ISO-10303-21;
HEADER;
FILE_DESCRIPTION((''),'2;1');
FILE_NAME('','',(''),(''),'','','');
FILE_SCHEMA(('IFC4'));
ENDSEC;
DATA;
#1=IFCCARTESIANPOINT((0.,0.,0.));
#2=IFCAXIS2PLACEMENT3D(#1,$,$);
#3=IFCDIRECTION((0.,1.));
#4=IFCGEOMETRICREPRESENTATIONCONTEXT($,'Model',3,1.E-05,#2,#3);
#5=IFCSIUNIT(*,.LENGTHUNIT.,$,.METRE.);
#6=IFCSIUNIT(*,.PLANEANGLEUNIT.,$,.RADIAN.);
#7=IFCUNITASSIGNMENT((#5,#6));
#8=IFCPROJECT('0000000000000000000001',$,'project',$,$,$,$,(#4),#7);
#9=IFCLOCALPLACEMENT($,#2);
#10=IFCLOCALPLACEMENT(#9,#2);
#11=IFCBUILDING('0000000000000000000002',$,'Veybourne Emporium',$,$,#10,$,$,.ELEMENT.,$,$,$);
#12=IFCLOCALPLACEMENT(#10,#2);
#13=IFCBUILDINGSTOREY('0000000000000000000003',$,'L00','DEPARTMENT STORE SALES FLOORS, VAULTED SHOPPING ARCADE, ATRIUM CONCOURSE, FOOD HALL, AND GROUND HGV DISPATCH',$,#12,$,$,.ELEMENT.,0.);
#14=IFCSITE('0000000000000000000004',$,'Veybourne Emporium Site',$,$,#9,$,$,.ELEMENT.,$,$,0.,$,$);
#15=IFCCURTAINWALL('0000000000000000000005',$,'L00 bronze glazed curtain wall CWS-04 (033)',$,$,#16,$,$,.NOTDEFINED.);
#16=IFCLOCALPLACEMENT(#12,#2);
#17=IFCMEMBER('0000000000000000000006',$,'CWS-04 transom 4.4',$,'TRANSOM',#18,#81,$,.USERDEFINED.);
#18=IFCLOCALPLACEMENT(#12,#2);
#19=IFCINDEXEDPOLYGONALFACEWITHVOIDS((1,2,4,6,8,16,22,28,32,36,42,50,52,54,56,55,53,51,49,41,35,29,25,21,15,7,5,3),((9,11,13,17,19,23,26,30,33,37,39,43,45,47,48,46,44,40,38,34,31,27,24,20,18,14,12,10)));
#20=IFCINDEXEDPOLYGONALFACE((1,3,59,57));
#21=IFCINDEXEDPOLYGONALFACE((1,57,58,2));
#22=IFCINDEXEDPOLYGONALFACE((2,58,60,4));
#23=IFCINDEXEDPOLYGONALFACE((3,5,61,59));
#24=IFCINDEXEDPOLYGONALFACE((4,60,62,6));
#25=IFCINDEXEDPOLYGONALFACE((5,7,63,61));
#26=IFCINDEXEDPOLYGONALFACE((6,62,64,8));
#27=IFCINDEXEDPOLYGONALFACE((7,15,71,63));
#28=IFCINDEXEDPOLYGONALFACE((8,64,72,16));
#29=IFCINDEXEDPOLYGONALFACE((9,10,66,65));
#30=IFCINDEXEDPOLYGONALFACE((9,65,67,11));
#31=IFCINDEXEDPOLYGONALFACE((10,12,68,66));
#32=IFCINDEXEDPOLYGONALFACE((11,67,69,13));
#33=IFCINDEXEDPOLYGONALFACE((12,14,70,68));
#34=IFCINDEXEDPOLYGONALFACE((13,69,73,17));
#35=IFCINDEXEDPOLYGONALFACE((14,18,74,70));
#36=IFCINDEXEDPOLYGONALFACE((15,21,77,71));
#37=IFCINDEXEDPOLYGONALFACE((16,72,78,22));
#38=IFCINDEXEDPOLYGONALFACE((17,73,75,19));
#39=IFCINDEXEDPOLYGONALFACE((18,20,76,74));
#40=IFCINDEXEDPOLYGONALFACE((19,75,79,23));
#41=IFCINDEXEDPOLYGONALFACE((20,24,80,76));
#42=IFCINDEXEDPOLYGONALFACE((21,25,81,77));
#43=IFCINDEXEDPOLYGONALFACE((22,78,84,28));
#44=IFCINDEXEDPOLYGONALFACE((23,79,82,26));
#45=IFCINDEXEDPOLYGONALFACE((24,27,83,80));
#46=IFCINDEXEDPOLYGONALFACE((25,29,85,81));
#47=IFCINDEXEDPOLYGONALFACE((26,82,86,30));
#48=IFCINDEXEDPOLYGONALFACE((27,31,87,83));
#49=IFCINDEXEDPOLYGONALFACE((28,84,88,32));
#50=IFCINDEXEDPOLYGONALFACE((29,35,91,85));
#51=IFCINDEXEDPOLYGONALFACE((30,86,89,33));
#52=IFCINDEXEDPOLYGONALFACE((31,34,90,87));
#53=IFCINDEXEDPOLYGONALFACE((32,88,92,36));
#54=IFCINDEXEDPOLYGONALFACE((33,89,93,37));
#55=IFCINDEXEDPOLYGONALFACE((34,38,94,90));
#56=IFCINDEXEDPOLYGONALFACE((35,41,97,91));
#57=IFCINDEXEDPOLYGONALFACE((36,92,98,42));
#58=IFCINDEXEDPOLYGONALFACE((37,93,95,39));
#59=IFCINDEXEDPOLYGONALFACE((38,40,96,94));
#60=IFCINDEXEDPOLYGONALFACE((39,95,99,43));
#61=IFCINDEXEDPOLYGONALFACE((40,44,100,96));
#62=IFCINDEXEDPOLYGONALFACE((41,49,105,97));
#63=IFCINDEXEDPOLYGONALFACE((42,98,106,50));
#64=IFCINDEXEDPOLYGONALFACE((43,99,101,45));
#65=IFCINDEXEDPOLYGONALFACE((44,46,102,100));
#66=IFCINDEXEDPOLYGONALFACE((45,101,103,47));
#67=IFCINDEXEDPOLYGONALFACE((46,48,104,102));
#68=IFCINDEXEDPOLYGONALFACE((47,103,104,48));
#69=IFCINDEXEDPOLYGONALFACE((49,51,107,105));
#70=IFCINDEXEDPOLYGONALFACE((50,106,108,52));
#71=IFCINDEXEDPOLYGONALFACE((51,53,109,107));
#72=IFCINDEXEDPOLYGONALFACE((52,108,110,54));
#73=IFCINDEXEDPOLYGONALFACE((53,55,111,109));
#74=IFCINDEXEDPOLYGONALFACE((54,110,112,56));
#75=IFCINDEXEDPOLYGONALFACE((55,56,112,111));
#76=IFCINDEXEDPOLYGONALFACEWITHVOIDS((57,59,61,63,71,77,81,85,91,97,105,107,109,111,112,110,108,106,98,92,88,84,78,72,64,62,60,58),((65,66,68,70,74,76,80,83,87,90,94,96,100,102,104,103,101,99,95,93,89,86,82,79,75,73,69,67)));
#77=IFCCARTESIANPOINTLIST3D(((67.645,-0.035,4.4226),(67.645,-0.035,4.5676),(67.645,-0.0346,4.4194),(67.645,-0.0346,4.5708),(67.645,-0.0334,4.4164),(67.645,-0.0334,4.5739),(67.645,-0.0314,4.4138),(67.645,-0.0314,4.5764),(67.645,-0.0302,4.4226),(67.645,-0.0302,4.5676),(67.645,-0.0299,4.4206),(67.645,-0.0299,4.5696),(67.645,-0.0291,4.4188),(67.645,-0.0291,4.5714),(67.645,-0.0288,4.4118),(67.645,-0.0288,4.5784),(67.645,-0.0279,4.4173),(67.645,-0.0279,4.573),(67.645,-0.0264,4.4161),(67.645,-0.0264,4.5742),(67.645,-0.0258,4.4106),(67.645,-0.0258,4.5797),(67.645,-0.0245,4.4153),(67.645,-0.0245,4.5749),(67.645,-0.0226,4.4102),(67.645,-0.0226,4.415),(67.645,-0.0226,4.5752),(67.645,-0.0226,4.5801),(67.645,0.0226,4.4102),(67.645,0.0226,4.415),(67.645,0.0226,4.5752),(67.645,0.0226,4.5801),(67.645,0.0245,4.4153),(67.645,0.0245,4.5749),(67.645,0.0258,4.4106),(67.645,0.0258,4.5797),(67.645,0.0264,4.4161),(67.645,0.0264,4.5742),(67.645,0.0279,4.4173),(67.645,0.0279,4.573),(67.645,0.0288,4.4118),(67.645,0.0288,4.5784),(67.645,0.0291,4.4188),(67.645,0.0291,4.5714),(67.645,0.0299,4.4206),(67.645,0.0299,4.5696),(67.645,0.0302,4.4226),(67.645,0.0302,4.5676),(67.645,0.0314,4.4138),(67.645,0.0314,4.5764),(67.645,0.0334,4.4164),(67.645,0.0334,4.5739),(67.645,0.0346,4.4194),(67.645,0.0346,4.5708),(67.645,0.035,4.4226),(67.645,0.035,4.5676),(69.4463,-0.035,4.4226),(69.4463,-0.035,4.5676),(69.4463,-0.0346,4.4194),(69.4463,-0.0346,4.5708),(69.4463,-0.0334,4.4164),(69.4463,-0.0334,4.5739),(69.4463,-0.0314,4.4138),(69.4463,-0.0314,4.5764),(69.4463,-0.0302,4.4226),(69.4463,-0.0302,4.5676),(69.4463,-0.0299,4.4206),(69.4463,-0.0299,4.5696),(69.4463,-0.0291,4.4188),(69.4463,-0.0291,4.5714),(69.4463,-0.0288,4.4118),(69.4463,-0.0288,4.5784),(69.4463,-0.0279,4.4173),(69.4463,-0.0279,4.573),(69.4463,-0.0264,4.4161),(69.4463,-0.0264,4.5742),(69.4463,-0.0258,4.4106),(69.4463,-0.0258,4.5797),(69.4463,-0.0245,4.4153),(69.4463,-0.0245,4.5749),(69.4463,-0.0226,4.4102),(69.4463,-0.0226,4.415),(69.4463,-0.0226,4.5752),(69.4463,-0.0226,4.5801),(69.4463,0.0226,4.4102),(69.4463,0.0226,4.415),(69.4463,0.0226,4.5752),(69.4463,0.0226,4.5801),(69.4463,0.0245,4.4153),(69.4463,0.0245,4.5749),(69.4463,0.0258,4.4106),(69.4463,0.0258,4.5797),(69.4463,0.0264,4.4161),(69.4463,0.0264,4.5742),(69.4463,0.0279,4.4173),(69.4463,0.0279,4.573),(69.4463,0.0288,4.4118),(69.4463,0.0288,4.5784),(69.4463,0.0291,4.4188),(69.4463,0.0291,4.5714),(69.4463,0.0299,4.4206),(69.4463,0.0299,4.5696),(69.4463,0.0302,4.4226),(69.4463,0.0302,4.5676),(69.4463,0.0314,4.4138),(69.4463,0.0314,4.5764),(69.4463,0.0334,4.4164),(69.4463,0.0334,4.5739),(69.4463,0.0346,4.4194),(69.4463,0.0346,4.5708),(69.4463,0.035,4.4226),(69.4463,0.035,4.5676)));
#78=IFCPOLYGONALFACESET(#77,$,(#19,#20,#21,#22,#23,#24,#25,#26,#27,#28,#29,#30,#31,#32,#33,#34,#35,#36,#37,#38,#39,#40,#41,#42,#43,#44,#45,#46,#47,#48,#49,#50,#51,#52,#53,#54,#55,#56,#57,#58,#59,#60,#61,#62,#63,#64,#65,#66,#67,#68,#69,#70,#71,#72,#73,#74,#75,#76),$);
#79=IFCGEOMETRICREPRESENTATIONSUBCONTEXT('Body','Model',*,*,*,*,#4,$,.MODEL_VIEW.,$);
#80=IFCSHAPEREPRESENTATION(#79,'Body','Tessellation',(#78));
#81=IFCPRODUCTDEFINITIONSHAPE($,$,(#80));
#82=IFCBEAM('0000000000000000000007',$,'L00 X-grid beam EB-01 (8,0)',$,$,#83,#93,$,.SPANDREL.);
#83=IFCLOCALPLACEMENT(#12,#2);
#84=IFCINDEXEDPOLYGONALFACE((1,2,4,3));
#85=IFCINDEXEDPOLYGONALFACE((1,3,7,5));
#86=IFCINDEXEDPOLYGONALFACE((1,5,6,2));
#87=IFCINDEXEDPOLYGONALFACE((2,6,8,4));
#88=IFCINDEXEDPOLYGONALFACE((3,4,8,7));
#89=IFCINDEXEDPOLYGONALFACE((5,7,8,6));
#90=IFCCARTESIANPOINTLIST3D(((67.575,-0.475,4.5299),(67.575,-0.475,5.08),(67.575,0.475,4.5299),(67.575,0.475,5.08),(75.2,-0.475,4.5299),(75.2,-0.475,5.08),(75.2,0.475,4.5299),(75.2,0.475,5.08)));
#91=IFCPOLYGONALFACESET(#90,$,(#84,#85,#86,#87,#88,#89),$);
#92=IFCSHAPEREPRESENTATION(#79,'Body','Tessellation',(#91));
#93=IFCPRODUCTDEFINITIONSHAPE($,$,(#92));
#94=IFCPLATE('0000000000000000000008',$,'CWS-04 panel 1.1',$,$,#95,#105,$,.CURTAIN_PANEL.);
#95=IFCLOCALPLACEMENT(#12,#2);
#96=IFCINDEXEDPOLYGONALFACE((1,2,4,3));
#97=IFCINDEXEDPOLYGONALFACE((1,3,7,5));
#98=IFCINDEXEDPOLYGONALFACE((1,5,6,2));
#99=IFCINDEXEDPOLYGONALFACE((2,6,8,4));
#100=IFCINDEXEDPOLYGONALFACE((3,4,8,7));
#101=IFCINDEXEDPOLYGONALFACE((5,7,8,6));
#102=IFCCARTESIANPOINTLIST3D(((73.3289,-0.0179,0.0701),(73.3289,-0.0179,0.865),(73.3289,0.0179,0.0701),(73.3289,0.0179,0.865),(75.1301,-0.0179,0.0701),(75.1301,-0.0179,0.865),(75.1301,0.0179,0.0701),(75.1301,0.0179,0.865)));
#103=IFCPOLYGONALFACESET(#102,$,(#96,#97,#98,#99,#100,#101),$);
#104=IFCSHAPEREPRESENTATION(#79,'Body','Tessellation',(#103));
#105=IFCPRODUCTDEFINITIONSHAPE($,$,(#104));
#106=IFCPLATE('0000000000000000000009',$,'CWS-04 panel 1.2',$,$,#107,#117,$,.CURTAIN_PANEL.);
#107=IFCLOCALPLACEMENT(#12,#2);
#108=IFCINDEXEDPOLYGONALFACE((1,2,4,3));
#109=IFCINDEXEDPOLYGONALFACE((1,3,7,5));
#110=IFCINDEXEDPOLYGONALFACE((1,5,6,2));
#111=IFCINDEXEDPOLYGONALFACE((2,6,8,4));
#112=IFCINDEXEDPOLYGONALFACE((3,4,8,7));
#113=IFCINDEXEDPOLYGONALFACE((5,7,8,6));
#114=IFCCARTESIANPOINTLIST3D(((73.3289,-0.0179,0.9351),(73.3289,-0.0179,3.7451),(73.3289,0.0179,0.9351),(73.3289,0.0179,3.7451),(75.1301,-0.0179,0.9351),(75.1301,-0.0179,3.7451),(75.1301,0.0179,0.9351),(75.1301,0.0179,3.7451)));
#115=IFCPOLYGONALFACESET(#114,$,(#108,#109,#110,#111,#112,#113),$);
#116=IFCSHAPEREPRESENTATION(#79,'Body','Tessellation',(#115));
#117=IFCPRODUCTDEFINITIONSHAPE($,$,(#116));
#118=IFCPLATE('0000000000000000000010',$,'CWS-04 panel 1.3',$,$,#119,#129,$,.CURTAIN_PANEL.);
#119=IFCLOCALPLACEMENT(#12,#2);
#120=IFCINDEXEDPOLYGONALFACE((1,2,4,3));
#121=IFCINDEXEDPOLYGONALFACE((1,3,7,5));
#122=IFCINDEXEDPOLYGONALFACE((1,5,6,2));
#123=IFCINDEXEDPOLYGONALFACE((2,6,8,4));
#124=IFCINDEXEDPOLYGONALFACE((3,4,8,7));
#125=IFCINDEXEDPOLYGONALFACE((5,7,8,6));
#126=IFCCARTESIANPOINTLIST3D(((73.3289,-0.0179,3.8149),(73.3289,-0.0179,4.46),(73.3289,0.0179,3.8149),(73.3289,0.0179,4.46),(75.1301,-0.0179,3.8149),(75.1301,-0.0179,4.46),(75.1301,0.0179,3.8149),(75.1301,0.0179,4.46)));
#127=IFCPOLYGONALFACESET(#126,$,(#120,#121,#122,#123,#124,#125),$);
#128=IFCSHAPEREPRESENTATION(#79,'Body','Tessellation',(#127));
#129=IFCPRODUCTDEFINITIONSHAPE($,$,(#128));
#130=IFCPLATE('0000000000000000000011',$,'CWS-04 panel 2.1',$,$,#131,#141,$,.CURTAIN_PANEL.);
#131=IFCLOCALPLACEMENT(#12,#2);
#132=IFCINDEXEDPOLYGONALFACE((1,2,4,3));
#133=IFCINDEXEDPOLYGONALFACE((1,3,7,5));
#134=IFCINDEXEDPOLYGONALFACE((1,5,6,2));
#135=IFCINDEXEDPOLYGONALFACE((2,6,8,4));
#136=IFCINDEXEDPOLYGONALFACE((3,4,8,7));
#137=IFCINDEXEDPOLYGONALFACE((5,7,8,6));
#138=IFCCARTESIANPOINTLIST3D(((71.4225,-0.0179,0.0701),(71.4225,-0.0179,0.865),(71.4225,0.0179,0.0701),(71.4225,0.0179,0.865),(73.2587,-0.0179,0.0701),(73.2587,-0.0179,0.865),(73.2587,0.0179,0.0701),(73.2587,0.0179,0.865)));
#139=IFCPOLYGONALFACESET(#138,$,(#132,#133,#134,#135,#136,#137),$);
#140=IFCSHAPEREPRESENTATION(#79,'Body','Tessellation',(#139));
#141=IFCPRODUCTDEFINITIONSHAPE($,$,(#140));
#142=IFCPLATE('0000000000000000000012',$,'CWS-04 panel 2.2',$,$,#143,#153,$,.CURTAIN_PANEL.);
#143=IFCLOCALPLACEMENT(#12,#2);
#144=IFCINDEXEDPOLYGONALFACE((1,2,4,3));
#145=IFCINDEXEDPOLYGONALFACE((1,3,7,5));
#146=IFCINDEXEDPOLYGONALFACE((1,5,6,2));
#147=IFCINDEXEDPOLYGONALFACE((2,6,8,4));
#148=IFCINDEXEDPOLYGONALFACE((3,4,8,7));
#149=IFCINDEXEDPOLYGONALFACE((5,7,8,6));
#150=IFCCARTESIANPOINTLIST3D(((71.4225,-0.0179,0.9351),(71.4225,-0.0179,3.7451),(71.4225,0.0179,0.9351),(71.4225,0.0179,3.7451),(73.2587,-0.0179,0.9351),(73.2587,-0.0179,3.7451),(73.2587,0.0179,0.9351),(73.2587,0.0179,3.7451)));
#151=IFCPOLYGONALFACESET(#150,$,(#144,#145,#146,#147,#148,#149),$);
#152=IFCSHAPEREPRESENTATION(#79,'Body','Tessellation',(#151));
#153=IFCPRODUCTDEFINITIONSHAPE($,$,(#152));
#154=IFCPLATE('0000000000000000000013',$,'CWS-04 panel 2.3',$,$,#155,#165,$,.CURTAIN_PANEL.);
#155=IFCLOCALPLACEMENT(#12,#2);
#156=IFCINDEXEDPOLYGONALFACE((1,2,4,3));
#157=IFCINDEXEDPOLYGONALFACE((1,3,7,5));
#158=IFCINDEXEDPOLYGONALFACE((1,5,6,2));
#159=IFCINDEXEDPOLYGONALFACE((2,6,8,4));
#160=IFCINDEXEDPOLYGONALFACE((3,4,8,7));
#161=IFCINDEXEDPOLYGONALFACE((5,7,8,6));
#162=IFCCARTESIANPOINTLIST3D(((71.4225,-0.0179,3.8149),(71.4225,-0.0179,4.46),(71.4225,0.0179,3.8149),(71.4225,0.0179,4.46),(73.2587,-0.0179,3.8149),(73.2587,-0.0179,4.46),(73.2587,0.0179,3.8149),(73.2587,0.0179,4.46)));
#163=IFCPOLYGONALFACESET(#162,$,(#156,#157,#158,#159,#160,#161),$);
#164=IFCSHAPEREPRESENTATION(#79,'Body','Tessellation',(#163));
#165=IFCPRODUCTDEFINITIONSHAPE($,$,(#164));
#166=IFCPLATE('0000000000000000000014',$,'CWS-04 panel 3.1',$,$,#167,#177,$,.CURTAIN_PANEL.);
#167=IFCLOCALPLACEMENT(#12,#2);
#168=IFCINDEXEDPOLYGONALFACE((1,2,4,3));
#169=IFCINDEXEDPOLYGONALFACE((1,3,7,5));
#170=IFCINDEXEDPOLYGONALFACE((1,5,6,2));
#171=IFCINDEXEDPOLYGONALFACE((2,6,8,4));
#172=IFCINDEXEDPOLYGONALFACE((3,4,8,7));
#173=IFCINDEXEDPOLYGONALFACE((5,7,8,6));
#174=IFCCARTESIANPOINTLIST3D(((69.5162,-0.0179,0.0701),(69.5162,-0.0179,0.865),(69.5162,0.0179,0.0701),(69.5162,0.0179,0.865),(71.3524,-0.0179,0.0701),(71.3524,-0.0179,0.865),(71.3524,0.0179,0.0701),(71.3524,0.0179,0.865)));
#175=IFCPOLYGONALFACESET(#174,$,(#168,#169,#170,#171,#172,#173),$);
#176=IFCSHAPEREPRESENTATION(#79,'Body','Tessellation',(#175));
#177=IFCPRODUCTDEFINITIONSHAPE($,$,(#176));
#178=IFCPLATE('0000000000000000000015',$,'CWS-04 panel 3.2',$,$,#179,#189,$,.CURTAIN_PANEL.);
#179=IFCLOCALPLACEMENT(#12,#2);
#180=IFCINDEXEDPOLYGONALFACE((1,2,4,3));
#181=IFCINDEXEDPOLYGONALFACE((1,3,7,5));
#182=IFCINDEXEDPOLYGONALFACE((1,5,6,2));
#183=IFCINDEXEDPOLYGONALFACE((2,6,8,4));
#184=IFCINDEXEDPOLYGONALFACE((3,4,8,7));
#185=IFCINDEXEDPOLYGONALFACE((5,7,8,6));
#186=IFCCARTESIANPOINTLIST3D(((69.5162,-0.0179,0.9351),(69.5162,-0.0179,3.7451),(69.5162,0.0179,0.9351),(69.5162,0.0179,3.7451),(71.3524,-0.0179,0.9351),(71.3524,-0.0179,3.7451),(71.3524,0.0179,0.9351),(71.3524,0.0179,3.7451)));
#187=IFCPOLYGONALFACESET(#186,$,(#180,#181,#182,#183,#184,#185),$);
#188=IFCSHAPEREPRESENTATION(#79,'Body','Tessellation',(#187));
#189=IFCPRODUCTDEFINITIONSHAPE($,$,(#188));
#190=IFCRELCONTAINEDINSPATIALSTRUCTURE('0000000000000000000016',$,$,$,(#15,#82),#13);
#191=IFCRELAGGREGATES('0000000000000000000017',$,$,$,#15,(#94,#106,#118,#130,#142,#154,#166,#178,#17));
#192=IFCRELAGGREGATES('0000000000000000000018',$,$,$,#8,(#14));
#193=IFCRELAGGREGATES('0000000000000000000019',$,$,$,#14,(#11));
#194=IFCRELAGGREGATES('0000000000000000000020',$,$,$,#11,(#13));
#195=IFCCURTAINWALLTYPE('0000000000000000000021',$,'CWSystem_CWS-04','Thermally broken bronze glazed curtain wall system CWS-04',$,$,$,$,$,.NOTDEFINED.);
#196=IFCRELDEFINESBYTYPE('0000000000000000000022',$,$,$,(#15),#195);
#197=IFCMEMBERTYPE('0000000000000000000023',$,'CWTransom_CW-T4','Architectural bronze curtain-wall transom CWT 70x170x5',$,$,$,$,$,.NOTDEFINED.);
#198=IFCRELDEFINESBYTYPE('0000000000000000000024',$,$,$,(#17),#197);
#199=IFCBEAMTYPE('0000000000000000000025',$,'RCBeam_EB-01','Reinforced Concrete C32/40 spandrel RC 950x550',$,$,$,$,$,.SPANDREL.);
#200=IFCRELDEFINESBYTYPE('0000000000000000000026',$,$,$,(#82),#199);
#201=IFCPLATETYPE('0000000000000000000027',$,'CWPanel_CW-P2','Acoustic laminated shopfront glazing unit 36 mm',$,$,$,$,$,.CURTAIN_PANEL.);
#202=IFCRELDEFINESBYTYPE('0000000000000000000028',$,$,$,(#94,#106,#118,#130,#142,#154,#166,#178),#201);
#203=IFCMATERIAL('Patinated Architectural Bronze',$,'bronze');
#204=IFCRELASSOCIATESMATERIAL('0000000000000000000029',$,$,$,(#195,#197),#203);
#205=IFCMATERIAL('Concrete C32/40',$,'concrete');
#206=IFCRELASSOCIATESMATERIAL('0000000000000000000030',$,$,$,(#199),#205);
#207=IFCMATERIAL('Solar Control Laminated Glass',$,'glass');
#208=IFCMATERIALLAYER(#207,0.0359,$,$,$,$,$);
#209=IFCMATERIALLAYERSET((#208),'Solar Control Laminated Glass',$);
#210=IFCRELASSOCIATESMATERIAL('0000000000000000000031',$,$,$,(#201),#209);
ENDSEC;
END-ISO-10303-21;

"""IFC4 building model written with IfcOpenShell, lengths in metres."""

from ifc_helpers import new_model, si_unit, direction, frame, origin, origin_2d, place, context, subcontext, project, spatial, rectangle, hollow_rectangle, extrude, material, layer, layer_set, material_profile, profile_set, type_object, element, aggregate, save


model = new_model("IFC4")

# Units and contexts
model_context = context("Model", 3, precision=1e-05, world=origin(), true_north=direction((0.0, 1.0)))
body_context = subcontext(model_context, "Body", "Model", "MODEL_VIEW")
ifc_project = project(units=[si_unit("LENGTHUNIT", "METRE"), si_unit("PLANEANGLEUNIT", "RADIAN")], contexts=[model_context])

# Site, building, storey
site_placement = place(None, origin())
site = spatial("IfcSite", under=ifc_project, at=site_placement, Name="Veybourne Emporium Site", CompositionType="ELEMENT", RefElevation=0.0)
building_placement = place(site_placement, origin())
building = spatial("IfcBuilding", under=site, at=building_placement, Name="Veybourne Emporium", CompositionType="ELEMENT")
storey_placement = place(building_placement, origin())
storey = spatial("IfcBuildingStorey", under=building, at=storey_placement, Name="L00", Description="DEPARTMENT STORE SALES FLOORS, VAULTED SHOPPING ARCADE, ATRIUM CONCOURSE, FOOD HALL, AND GROUND HGV DISPATCH", CompositionType="ELEMENT", Elevation=0.0)

# Curtain wall, member
ifc_material_1 = material(Name="Patinated Architectural Bronze", Category="bronze")
curtain_wall_type = type_object("IfcCurtainWallType", Name="CWSystem_CWS-04", Description="Thermally broken bronze glazed curtain wall system CWS-04", PredefinedType="NOTDEFINED", material=ifc_material_1)
curtain_wall_placement = place(storey_placement, origin())
curtain_wall = element("IfcCurtainWall", 1, at=curtain_wall_placement, inside=storey, type_object=curtain_wall_type, Name="L00 bronze glazed curtain wall CWS-04 (033)", PredefinedType="NOTDEFINED")
ifc_material_profile_1 = material_profile(ifc_material_1, hollow_rectangle(XDim=0.0701, YDim=0.1699, WallThickness=0.0049, InnerFilletRadius=0.0076, OuterFilletRadius=0.0125, at=origin_2d()), Name="CWT 70x170x5")
ifc_profile_set_1 = profile_set([ifc_material_profile_1], Name="Patinated Architectural Bronze")
member_type_1 = type_object("IfcMemberType", Name="CWTransom_CW-T4", Description="Architectural bronze curtain-wall transom CWT 70x170x5", PredefinedType="NOTDEFINED", material=ifc_profile_set_1)
member_1_placement = place(storey_placement, frame((69.4463, 0.0, 4.4951), z_axis=(-1.0, 0.0, 0.0), x_axis=(0.0, -1.0, 0.0)))
member_1 = element("IfcMember", 2, at=member_1_placement, type_object=member_type_1, Name="CWS-04 transom 4.4", ObjectType="TRANSOM", PredefinedType="USERDEFINED", context=body_context, shape_type="SweptSolid", body=[
    extrude(hollow_rectangle(XDim=0.0701, YDim=0.1699, WallThickness=0.0049, InnerFilletRadius=0.0076, OuterFilletRadius=0.0125, at=origin_2d()), origin(), (0.0, 0.0, 1.0), 1.8013),
])

# Beam
ifc_material_2 = material(Name="Concrete C32/40", Category="concrete")
ifc_material_profile_2 = material_profile(ifc_material_2, rectangle(XDim=0.95, YDim=0.55, at=origin_2d()), Name="RC 950x550")
ifc_profile_set_2 = profile_set([ifc_material_profile_2], Name="Concrete C32/40")
beam_type = type_object("IfcBeamType", Name="RCBeam_EB-01", Description="Reinforced Concrete C32/40 spandrel RC 950x550", PredefinedType="SPANDREL", material=ifc_profile_set_2)
beam_placement = place(storey_placement, frame((67.575, 0.0, 4.8049), z_axis=(1.0, 0.0, 0.0), x_axis=(0.0, 1.0, 0.0)))
element("IfcBeam", 3, at=beam_placement, inside=storey, type_object=beam_type, Name="L00 X-grid beam EB-01 (8,0)", PredefinedType="SPANDREL", context=body_context, shape_type="SweptSolid", body=[
    extrude(rectangle(XDim=0.95, YDim=0.55, at=origin_2d()), origin(), (0.0, 0.0, 1.0), 7.625),
])

# Plates
ifc_material_3 = material(Name="Solar Control Laminated Glass", Category="glass")
ifc_layer_1 = layer(ifc_material_3, 0.0359)
ifc_layer_set_1 = layer_set([ifc_layer_1], Name="Solar Control Laminated Glass")
plate_type = type_object("IfcPlateType", Name="CWPanel_CW-P2", Description="Acoustic laminated shopfront glazing unit 36 mm", PredefinedType="CURTAIN_PANEL", material=ifc_layer_set_1)
plate_1_placement = place(storey_placement, frame((74.2295, 0.0, 0.0701), z_axis=(0.0, 0.0, 1.0), x_axis=(-1.0, 0.0, 0.0)))
plate_1 = element("IfcPlate", 4, at=plate_1_placement, type_object=plate_type, Name="CWS-04 panel 1.1", PredefinedType="CURTAIN_PANEL", context=body_context, shape_type="SweptSolid", body=[
    extrude(rectangle(XDim=1.8013, YDim=0.0359, at=origin_2d()), origin(), (0.0, 0.0, 1.0), 0.7949),
])
plate_2_placement = place(storey_placement, frame((74.2295, 0.0, 0.9351), z_axis=(0.0, 0.0, 1.0), x_axis=(-1.0, 0.0, 0.0)))
plate_2 = element("IfcPlate", 5, at=plate_2_placement, type_object=plate_type, Name="CWS-04 panel 1.2", PredefinedType="CURTAIN_PANEL", context=body_context, shape_type="SweptSolid", body=[
    extrude(rectangle(XDim=1.8013, YDim=0.0359, at=origin_2d()), origin(), (0.0, 0.0, 1.0), 2.8101),
])
plate_3_placement = place(storey_placement, frame((74.2295, 0.0, 3.8149), z_axis=(0.0, 0.0, 1.0), x_axis=(-1.0, 0.0, 0.0)))
plate_3 = element("IfcPlate", 6, at=plate_3_placement, type_object=plate_type, Name="CWS-04 panel 1.3", PredefinedType="CURTAIN_PANEL", context=body_context, shape_type="SweptSolid", body=[
    extrude(rectangle(XDim=1.8013, YDim=0.0359, at=origin_2d()), origin(), (0.0, 0.0, 1.0), 0.645),
])
plate_4_placement = place(storey_placement, frame((72.3406, 0.0, 0.0701), z_axis=(0.0, 0.0, 1.0), x_axis=(-1.0, 0.0, 0.0)))
plate_4 = element("IfcPlate", 7, at=plate_4_placement, type_object=plate_type, Name="CWS-04 panel 2.1", PredefinedType="CURTAIN_PANEL", context=body_context, shape_type="SweptSolid", body=[
    extrude(rectangle(XDim=1.8362, YDim=0.0359, at=origin_2d()), origin(), (0.0, 0.0, 1.0), 0.7949),
])
plate_5_placement = place(storey_placement, frame((72.3406, 0.0, 0.9351), z_axis=(0.0, 0.0, 1.0), x_axis=(-1.0, 0.0, 0.0)))
plate_5 = element("IfcPlate", 8, at=plate_5_placement, type_object=plate_type, Name="CWS-04 panel 2.2", PredefinedType="CURTAIN_PANEL", context=body_context, shape_type="SweptSolid", body=[
    extrude(rectangle(XDim=1.8362, YDim=0.0359, at=origin_2d()), origin(), (0.0, 0.0, 1.0), 2.8101),
])
plate_6_placement = place(storey_placement, frame((72.3406, 0.0, 3.8149), z_axis=(0.0, 0.0, 1.0), x_axis=(-1.0, 0.0, 0.0)))
plate_6 = element("IfcPlate", 9, at=plate_6_placement, type_object=plate_type, Name="CWS-04 panel 2.3", PredefinedType="CURTAIN_PANEL", context=body_context, shape_type="SweptSolid", body=[
    extrude(rectangle(XDim=1.8362, YDim=0.0359, at=origin_2d()), origin(), (0.0, 0.0, 1.0), 0.645),
])
plate_7_placement = place(storey_placement, frame((70.4343, 0.0, 0.0701), z_axis=(0.0, 0.0, 1.0), x_axis=(-1.0, 0.0, 0.0)))
plate_7 = element("IfcPlate", 10, at=plate_7_placement, type_object=plate_type, Name="CWS-04 panel 3.1", PredefinedType="CURTAIN_PANEL", context=body_context, shape_type="SweptSolid", body=[
    extrude(rectangle(XDim=1.8362, YDim=0.0359, at=origin_2d()), origin(), (0.0, 0.0, 1.0), 0.7949),
])
plate_8_placement = place(storey_placement, frame((70.4343, 0.0, 0.9351), z_axis=(0.0, 0.0, 1.0), x_axis=(-1.0, 0.0, 0.0)))
plate_8 = element("IfcPlate", 11, at=plate_8_placement, type_object=plate_type, Name="CWS-04 panel 3.2", PredefinedType="CURTAIN_PANEL", context=body_context, shape_type="SweptSolid", body=[
    extrude(rectangle(XDim=1.8362, YDim=0.0359, at=origin_2d()), origin(), (0.0, 0.0, 1.0), 2.8101),
])
aggregate(curtain_wall, [plate_1, plate_2, plate_3, plate_4, plate_5, plate_6, plate_7, plate_8, member_1])

save(model, "model.ifc")
